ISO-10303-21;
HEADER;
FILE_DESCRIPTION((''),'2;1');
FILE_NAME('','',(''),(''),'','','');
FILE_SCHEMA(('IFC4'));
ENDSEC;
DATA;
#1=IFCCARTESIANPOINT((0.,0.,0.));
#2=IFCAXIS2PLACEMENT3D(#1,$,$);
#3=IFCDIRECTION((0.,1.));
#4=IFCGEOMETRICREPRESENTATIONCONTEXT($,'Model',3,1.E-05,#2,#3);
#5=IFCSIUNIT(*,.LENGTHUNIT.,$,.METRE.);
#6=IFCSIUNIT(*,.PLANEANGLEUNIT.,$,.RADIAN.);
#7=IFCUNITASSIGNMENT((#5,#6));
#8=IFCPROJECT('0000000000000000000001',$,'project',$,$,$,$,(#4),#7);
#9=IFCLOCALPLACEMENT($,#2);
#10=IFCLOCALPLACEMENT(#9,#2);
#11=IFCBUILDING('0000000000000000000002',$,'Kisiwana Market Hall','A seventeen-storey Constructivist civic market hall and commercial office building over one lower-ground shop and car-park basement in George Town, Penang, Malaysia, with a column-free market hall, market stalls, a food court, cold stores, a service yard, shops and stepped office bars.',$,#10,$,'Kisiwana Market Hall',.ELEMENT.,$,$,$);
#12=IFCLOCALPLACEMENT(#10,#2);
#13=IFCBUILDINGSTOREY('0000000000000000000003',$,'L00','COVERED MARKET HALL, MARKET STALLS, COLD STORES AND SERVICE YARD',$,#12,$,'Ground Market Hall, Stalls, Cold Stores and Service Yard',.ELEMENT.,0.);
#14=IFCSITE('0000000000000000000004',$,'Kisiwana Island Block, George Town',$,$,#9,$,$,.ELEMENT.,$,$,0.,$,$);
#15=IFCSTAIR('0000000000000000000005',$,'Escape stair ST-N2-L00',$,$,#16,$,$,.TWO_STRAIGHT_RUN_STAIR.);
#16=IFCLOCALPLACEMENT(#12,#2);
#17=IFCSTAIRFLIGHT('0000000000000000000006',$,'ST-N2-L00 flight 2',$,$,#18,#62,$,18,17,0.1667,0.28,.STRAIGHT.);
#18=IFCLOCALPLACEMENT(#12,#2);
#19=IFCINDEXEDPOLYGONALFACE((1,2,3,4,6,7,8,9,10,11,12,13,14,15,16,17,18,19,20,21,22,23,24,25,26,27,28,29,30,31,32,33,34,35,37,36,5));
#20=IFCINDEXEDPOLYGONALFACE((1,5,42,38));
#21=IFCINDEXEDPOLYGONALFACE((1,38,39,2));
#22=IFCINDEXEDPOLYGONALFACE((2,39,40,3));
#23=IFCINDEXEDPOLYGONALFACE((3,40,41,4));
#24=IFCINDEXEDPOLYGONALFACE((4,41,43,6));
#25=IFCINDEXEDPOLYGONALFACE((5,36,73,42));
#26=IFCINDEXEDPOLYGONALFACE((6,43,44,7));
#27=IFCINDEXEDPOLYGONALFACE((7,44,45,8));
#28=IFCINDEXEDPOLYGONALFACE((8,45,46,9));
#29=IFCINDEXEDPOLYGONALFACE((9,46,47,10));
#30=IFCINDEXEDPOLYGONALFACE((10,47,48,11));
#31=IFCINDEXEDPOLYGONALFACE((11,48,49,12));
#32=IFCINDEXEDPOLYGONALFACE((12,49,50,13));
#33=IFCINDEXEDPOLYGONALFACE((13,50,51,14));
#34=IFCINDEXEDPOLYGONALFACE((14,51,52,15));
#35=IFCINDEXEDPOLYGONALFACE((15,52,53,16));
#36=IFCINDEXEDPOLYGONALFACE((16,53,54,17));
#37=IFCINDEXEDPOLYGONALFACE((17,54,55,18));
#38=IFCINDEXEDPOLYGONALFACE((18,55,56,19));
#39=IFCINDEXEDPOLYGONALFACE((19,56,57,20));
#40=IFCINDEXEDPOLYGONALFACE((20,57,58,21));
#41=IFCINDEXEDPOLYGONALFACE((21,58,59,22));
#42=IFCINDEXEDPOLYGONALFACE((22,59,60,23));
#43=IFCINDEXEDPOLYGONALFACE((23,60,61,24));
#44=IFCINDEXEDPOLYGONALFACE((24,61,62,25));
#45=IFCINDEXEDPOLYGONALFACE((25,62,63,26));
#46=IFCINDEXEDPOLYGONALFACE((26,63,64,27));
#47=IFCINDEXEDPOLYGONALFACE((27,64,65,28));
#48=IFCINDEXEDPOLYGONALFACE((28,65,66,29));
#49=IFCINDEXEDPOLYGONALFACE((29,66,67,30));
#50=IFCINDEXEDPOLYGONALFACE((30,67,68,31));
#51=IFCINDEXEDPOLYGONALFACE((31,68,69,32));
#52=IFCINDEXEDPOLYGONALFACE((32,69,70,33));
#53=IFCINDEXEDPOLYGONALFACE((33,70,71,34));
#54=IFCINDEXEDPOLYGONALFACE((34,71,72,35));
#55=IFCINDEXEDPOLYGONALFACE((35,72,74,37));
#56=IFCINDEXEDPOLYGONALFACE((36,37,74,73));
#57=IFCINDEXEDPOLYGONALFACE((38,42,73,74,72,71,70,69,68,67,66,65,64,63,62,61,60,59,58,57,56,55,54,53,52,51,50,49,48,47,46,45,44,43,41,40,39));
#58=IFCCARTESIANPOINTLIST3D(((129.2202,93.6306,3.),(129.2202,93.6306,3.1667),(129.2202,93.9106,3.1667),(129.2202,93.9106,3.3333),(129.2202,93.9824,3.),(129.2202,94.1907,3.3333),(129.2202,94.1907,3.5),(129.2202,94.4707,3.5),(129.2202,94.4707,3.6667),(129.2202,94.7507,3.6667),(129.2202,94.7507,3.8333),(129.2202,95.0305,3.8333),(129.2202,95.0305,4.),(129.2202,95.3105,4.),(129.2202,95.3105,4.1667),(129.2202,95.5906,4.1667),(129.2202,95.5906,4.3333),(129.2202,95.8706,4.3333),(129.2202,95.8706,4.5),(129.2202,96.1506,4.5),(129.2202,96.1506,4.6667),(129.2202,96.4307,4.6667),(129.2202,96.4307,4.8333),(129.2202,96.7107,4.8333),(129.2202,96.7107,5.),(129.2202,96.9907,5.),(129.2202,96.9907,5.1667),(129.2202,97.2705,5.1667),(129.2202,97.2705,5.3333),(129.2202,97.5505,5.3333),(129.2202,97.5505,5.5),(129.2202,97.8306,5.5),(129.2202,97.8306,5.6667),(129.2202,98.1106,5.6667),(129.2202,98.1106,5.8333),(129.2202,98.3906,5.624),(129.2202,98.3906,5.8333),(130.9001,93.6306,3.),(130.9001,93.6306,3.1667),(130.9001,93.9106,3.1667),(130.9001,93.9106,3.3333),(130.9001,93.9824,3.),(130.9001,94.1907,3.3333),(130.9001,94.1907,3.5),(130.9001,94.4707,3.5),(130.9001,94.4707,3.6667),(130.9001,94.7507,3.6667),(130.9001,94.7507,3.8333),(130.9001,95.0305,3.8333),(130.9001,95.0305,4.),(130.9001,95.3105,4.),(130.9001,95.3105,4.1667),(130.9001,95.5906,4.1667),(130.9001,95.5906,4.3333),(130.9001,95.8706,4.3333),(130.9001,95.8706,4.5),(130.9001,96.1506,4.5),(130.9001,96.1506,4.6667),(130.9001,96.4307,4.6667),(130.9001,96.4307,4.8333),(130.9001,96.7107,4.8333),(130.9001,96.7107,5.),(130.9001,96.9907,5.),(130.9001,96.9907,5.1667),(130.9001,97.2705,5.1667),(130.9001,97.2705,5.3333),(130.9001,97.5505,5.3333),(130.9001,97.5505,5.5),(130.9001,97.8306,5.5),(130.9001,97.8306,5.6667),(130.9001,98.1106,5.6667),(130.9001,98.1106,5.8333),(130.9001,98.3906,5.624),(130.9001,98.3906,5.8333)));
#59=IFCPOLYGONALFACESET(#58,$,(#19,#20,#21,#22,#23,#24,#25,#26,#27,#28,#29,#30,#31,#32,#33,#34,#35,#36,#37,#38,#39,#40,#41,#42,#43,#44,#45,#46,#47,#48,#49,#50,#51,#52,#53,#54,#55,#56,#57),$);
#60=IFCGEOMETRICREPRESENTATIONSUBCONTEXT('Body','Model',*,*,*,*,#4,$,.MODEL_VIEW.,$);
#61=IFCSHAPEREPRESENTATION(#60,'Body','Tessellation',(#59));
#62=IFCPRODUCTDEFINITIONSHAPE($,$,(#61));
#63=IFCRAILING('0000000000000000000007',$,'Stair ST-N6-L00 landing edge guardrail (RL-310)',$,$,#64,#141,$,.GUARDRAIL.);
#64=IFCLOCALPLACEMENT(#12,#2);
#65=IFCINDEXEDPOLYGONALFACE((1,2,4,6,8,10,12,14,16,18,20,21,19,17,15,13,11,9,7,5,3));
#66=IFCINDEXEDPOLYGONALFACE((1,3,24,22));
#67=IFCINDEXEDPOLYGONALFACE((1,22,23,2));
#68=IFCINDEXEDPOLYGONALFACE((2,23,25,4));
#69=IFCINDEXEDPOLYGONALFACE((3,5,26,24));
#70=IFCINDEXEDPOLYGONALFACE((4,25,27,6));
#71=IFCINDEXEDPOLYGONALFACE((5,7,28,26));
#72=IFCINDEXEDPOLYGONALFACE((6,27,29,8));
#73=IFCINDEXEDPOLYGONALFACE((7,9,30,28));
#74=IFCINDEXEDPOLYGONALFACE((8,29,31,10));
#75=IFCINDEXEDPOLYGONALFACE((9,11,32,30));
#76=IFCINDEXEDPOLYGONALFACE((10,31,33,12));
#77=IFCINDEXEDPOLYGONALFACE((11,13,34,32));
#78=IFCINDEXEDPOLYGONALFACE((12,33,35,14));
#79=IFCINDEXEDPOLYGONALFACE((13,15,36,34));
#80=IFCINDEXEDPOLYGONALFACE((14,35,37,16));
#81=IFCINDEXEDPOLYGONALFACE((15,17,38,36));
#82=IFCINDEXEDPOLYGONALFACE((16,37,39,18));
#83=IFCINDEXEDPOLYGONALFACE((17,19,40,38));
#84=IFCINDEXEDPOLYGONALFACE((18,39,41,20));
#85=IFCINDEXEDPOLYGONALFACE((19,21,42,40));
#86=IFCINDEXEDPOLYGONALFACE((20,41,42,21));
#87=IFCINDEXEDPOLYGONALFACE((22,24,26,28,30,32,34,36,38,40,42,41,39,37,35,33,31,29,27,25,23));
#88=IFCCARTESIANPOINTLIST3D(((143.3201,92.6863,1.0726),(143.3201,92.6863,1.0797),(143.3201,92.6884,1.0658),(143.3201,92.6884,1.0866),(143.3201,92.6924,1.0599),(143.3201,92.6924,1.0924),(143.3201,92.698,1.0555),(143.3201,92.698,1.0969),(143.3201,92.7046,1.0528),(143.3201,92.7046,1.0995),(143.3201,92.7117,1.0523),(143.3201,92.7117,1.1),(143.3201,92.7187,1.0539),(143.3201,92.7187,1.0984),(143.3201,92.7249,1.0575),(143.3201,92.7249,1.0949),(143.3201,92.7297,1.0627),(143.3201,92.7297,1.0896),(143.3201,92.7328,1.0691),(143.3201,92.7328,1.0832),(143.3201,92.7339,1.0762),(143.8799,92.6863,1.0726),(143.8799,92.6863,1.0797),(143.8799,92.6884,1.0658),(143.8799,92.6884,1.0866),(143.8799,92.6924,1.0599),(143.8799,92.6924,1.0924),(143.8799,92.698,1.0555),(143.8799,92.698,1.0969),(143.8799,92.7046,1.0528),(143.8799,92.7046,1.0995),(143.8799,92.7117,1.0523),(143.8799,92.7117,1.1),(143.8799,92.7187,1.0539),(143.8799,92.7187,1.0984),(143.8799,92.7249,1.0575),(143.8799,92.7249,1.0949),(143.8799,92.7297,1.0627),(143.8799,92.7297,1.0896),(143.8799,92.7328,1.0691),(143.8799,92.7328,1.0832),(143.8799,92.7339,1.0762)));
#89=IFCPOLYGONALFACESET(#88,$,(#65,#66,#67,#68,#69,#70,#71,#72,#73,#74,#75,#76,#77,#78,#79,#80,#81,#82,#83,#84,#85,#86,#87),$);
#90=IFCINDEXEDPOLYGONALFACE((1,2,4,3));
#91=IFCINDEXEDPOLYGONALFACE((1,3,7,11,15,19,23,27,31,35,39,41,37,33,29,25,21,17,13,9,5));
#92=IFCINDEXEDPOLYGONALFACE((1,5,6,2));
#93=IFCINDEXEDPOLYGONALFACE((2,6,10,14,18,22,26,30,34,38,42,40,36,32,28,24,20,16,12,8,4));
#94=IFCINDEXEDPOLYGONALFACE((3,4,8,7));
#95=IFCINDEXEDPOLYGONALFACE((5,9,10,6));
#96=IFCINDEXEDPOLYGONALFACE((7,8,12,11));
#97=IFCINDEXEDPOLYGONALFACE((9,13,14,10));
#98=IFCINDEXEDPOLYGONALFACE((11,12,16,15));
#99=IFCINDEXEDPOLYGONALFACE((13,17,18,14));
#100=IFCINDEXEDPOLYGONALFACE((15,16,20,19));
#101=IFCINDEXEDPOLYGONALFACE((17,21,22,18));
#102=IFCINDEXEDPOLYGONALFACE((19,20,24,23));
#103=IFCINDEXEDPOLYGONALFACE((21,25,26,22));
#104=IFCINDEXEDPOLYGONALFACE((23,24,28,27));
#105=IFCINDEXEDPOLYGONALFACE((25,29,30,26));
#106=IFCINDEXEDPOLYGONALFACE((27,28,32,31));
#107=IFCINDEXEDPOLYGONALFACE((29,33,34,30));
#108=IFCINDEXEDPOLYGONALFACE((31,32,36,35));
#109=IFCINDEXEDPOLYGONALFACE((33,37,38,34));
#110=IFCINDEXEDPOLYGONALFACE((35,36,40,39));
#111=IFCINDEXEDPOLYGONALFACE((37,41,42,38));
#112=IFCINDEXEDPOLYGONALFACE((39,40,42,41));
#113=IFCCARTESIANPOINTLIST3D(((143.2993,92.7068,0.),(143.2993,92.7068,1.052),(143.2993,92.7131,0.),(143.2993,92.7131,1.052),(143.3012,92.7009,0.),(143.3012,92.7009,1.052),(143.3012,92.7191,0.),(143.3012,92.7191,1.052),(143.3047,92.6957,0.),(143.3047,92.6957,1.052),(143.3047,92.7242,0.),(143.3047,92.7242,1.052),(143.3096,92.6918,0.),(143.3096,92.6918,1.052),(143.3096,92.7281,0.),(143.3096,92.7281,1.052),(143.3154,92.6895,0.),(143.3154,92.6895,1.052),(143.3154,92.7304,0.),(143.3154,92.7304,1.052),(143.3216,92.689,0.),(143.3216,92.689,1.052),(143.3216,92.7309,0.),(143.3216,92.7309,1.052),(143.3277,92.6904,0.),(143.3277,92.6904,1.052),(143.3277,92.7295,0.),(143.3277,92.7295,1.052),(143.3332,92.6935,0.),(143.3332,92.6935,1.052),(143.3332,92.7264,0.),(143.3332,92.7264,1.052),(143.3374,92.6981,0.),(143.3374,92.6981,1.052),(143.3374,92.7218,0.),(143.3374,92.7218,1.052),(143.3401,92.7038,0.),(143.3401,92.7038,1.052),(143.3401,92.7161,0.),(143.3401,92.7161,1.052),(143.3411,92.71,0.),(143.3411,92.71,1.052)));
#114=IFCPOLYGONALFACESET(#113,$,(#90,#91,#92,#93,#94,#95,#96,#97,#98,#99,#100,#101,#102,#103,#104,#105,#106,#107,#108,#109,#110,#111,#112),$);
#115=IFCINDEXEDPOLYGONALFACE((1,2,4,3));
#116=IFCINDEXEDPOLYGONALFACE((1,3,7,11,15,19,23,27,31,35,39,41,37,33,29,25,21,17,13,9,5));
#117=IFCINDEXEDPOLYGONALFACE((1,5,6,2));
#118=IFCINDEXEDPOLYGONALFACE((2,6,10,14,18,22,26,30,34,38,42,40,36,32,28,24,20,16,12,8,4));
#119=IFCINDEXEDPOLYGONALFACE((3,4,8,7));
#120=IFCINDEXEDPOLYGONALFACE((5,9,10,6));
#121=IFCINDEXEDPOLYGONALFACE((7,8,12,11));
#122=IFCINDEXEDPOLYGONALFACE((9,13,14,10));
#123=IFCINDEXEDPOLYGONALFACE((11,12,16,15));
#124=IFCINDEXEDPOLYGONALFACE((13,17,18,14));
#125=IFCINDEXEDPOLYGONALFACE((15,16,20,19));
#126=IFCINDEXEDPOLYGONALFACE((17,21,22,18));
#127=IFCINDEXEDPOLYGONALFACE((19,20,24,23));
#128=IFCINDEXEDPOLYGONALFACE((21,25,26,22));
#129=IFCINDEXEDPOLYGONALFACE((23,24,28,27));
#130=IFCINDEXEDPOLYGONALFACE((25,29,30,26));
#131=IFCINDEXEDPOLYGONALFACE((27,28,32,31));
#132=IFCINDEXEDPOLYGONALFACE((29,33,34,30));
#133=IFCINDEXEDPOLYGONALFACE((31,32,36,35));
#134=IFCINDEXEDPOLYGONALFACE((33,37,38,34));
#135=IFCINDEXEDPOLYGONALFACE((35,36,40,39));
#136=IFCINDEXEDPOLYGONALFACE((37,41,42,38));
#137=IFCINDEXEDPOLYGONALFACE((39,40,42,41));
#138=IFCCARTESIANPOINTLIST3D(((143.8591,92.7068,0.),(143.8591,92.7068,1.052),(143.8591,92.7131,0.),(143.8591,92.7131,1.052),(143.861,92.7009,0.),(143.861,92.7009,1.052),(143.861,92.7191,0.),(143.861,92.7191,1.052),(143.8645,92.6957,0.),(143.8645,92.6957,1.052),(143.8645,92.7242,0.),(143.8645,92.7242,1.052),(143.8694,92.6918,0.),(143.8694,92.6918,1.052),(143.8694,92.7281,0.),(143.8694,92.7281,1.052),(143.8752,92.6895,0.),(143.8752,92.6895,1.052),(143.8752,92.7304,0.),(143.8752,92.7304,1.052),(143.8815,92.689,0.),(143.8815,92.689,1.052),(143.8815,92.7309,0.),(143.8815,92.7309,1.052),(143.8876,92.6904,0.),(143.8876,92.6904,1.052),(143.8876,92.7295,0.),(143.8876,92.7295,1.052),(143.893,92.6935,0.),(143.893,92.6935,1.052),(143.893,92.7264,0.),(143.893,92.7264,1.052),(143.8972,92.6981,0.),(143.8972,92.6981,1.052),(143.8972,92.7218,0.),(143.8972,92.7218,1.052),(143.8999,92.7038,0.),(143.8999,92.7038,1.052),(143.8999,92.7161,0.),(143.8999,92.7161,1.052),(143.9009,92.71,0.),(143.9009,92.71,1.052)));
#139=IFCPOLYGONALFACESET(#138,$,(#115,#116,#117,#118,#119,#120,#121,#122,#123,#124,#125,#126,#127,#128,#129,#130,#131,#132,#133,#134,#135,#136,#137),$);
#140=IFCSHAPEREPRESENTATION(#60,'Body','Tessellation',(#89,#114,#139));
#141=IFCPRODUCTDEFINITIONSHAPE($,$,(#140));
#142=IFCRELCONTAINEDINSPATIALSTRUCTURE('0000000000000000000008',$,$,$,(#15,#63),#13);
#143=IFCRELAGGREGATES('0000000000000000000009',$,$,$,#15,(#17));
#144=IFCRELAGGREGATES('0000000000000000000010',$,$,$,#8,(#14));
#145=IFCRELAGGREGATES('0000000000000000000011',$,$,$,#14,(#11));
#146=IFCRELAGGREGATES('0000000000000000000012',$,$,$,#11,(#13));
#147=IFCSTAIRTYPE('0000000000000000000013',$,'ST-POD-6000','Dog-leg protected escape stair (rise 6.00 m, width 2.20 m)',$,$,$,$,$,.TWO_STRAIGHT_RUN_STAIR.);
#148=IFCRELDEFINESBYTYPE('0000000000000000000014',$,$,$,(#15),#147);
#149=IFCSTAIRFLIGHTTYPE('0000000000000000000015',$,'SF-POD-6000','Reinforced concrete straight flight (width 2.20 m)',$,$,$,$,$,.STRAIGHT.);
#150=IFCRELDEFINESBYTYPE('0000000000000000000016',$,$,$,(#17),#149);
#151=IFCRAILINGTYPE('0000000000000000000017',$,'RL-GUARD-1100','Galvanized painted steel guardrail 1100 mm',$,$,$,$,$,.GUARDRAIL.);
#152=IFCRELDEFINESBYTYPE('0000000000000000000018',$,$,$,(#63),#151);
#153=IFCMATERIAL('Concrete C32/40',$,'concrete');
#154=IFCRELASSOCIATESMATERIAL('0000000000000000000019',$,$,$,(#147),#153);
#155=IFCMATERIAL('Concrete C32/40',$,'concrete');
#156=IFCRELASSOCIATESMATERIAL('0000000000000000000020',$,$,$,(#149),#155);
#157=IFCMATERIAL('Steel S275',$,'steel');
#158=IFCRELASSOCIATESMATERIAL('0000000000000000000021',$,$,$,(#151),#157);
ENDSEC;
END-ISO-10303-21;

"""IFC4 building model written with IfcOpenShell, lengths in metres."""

from ifc_helpers import new_model, si_unit, direction, frame, origin, origin_2d, place, context, subcontext, project, spatial, polyline, circle, outline, extrude, material, type_object, element, aggregate, save


model = new_model("IFC4")

# Units and contexts
model_context = context("Model", 3, precision=1e-05, world=origin(), true_north=direction((0.0, 1.0)))
body_context = subcontext(model_context, "Body", "Model", "MODEL_VIEW")
ifc_project = project(units=[si_unit("LENGTHUNIT", "METRE"), si_unit("PLANEANGLEUNIT", "RADIAN")], contexts=[model_context])

# Site, building, storey
site_placement = place(None, origin())
site = spatial("IfcSite", under=ifc_project, at=site_placement, Name="Kisiwana Island Block, George Town", CompositionType="ELEMENT", RefElevation=0.0)
building_placement = place(site_placement, origin())
building = spatial("IfcBuilding", under=site, at=building_placement, Name="Kisiwana Market Hall", Description="A seventeen-storey Constructivist civic market hall and commercial office building over one lower-ground shop and car-park basement in George Town, Penang, Malaysia, with a column-free market hall, market stalls, a food court, cold stores, a service yard, shops and stepped office bars.", LongName="Kisiwana Market Hall", CompositionType="ELEMENT")
storey_placement = place(building_placement, origin())
storey = spatial("IfcBuildingStorey", under=building, at=storey_placement, Name="L00", Description="COVERED MARKET HALL, MARKET STALLS, COLD STORES AND SERVICE YARD", LongName="Ground Market Hall, Stalls, Cold Stores and Service Yard", CompositionType="ELEMENT", Elevation=0.0)

# Stair, stair flight
ifc_material_1 = material(Name="Concrete C32/40", Category="concrete")
stair_type = type_object("IfcStairType", Name="ST-POD-6000", Description="Dog-leg protected escape stair (rise 6.00 m, width 2.20 m)", PredefinedType="TWO_STRAIGHT_RUN_STAIR", material=ifc_material_1)
stair_placement = place(storey_placement, origin())
stair = element("IfcStair", 1, at=stair_placement, inside=storey, type_object=stair_type, Name="Escape stair ST-N2-L00", PredefinedType="TWO_STRAIGHT_RUN_STAIR")
ifc_material_2 = material(Name="Concrete C32/40", Category="concrete")
stair_flight_type = type_object("IfcStairFlightType", Name="SF-POD-6000", Description="Reinforced concrete straight flight (width 2.20 m)", PredefinedType="STRAIGHT", material=ifc_material_2)
stair_flight_placement = place(storey_placement, frame((130.0601, 93.6306, 3.0), z_axis=(0.0, 0.0, 1.0), x_axis=(0.0, 1.0, 0.0)))
stair_flight = element("IfcStairFlight", 2, at=stair_flight_placement, type_object=stair_flight_type, Name="ST-N2-L00 flight 2", NumberOfRisers=18, NumberOfTreads=17, PredefinedType="STRAIGHT", RiserHeight=0.1667, TreadLength=0.28, context=body_context, shape_type="SweptSolid", body=[
    extrude(outline(polyline([(0.0, 0.0), (0.0, 0.1667), (0.28, 0.1667), (0.28, 0.3333), (0.5601, 0.3333), (0.5601, 0.5), (0.8401, 0.5), (0.8401, 0.6667), (1.1201, 0.6667), (1.1201, 0.8333), (1.3999, 0.8333), (1.3999, 1.0), (1.6799, 1.0), (1.6799, 1.1667), (1.96, 1.1667), (1.96, 1.3333), (2.24, 1.3333), (2.24, 1.5), (2.52, 1.5), (2.52, 1.6667), (2.8, 1.6667), (2.8, 1.8333), (3.0801, 1.8333), (3.0801, 2.0), (3.3601, 2.0), (3.3601, 2.1667), (3.6399, 2.1667), (3.6399, 2.3333), (3.9199, 2.3333), (3.9199, 2.5), (4.2, 2.5), (4.2, 2.6667), (4.48, 2.6667), (4.48, 2.8333), (4.76, 2.8333), (4.76, 3.0), (4.76, 2.624), (0.3518, 0.0), (0.0, 0.0)])), frame((0.0, 0.8398, 0.0), z_axis=(0.0, -1.0, 0.0), x_axis=(1.0, 0.0, 0.0)), (0.0, 0.0, 1.0), 1.6799),
])
aggregate(stair, [stair_flight])

# Railing
ifc_material_3 = material(Name="Steel S275", Category="steel")
railing_type_1 = type_object("IfcRailingType", Name="RL-GUARD-1100", Description="Galvanized painted steel guardrail 1100 mm", PredefinedType="GUARDRAIL", material=ifc_material_3)
railing_1_placement = place(storey_placement, frame((143.3201, 92.71, 0.0)))
element("IfcRailing", 3, at=railing_1_placement, inside=storey, type_object=railing_type_1, Name="Stair ST-N6-L00 landing edge guardrail (RL-310)", PredefinedType="GUARDRAIL", context=body_context, shape_type="SweptSolid", body=[
    extrude(circle(Radius=0.0239, at=origin_2d()), frame((0.0, 0.0, 1.0762), z_axis=(1.0, 0.0, 0.0), x_axis=(0.0, 1.0, 0.0)), (0.0, 0.0, 1.0), 0.5598),
    extrude(circle(Radius=0.021, at=origin_2d()), origin(), (0.0, 0.0, 1.0), 1.052),
    extrude(circle(Radius=0.021, at=origin_2d()), frame((0.5598, 0.0, 0.0)), (0.0, 0.0, 1.0), 1.052),
])

save(model, "model.ifc")
